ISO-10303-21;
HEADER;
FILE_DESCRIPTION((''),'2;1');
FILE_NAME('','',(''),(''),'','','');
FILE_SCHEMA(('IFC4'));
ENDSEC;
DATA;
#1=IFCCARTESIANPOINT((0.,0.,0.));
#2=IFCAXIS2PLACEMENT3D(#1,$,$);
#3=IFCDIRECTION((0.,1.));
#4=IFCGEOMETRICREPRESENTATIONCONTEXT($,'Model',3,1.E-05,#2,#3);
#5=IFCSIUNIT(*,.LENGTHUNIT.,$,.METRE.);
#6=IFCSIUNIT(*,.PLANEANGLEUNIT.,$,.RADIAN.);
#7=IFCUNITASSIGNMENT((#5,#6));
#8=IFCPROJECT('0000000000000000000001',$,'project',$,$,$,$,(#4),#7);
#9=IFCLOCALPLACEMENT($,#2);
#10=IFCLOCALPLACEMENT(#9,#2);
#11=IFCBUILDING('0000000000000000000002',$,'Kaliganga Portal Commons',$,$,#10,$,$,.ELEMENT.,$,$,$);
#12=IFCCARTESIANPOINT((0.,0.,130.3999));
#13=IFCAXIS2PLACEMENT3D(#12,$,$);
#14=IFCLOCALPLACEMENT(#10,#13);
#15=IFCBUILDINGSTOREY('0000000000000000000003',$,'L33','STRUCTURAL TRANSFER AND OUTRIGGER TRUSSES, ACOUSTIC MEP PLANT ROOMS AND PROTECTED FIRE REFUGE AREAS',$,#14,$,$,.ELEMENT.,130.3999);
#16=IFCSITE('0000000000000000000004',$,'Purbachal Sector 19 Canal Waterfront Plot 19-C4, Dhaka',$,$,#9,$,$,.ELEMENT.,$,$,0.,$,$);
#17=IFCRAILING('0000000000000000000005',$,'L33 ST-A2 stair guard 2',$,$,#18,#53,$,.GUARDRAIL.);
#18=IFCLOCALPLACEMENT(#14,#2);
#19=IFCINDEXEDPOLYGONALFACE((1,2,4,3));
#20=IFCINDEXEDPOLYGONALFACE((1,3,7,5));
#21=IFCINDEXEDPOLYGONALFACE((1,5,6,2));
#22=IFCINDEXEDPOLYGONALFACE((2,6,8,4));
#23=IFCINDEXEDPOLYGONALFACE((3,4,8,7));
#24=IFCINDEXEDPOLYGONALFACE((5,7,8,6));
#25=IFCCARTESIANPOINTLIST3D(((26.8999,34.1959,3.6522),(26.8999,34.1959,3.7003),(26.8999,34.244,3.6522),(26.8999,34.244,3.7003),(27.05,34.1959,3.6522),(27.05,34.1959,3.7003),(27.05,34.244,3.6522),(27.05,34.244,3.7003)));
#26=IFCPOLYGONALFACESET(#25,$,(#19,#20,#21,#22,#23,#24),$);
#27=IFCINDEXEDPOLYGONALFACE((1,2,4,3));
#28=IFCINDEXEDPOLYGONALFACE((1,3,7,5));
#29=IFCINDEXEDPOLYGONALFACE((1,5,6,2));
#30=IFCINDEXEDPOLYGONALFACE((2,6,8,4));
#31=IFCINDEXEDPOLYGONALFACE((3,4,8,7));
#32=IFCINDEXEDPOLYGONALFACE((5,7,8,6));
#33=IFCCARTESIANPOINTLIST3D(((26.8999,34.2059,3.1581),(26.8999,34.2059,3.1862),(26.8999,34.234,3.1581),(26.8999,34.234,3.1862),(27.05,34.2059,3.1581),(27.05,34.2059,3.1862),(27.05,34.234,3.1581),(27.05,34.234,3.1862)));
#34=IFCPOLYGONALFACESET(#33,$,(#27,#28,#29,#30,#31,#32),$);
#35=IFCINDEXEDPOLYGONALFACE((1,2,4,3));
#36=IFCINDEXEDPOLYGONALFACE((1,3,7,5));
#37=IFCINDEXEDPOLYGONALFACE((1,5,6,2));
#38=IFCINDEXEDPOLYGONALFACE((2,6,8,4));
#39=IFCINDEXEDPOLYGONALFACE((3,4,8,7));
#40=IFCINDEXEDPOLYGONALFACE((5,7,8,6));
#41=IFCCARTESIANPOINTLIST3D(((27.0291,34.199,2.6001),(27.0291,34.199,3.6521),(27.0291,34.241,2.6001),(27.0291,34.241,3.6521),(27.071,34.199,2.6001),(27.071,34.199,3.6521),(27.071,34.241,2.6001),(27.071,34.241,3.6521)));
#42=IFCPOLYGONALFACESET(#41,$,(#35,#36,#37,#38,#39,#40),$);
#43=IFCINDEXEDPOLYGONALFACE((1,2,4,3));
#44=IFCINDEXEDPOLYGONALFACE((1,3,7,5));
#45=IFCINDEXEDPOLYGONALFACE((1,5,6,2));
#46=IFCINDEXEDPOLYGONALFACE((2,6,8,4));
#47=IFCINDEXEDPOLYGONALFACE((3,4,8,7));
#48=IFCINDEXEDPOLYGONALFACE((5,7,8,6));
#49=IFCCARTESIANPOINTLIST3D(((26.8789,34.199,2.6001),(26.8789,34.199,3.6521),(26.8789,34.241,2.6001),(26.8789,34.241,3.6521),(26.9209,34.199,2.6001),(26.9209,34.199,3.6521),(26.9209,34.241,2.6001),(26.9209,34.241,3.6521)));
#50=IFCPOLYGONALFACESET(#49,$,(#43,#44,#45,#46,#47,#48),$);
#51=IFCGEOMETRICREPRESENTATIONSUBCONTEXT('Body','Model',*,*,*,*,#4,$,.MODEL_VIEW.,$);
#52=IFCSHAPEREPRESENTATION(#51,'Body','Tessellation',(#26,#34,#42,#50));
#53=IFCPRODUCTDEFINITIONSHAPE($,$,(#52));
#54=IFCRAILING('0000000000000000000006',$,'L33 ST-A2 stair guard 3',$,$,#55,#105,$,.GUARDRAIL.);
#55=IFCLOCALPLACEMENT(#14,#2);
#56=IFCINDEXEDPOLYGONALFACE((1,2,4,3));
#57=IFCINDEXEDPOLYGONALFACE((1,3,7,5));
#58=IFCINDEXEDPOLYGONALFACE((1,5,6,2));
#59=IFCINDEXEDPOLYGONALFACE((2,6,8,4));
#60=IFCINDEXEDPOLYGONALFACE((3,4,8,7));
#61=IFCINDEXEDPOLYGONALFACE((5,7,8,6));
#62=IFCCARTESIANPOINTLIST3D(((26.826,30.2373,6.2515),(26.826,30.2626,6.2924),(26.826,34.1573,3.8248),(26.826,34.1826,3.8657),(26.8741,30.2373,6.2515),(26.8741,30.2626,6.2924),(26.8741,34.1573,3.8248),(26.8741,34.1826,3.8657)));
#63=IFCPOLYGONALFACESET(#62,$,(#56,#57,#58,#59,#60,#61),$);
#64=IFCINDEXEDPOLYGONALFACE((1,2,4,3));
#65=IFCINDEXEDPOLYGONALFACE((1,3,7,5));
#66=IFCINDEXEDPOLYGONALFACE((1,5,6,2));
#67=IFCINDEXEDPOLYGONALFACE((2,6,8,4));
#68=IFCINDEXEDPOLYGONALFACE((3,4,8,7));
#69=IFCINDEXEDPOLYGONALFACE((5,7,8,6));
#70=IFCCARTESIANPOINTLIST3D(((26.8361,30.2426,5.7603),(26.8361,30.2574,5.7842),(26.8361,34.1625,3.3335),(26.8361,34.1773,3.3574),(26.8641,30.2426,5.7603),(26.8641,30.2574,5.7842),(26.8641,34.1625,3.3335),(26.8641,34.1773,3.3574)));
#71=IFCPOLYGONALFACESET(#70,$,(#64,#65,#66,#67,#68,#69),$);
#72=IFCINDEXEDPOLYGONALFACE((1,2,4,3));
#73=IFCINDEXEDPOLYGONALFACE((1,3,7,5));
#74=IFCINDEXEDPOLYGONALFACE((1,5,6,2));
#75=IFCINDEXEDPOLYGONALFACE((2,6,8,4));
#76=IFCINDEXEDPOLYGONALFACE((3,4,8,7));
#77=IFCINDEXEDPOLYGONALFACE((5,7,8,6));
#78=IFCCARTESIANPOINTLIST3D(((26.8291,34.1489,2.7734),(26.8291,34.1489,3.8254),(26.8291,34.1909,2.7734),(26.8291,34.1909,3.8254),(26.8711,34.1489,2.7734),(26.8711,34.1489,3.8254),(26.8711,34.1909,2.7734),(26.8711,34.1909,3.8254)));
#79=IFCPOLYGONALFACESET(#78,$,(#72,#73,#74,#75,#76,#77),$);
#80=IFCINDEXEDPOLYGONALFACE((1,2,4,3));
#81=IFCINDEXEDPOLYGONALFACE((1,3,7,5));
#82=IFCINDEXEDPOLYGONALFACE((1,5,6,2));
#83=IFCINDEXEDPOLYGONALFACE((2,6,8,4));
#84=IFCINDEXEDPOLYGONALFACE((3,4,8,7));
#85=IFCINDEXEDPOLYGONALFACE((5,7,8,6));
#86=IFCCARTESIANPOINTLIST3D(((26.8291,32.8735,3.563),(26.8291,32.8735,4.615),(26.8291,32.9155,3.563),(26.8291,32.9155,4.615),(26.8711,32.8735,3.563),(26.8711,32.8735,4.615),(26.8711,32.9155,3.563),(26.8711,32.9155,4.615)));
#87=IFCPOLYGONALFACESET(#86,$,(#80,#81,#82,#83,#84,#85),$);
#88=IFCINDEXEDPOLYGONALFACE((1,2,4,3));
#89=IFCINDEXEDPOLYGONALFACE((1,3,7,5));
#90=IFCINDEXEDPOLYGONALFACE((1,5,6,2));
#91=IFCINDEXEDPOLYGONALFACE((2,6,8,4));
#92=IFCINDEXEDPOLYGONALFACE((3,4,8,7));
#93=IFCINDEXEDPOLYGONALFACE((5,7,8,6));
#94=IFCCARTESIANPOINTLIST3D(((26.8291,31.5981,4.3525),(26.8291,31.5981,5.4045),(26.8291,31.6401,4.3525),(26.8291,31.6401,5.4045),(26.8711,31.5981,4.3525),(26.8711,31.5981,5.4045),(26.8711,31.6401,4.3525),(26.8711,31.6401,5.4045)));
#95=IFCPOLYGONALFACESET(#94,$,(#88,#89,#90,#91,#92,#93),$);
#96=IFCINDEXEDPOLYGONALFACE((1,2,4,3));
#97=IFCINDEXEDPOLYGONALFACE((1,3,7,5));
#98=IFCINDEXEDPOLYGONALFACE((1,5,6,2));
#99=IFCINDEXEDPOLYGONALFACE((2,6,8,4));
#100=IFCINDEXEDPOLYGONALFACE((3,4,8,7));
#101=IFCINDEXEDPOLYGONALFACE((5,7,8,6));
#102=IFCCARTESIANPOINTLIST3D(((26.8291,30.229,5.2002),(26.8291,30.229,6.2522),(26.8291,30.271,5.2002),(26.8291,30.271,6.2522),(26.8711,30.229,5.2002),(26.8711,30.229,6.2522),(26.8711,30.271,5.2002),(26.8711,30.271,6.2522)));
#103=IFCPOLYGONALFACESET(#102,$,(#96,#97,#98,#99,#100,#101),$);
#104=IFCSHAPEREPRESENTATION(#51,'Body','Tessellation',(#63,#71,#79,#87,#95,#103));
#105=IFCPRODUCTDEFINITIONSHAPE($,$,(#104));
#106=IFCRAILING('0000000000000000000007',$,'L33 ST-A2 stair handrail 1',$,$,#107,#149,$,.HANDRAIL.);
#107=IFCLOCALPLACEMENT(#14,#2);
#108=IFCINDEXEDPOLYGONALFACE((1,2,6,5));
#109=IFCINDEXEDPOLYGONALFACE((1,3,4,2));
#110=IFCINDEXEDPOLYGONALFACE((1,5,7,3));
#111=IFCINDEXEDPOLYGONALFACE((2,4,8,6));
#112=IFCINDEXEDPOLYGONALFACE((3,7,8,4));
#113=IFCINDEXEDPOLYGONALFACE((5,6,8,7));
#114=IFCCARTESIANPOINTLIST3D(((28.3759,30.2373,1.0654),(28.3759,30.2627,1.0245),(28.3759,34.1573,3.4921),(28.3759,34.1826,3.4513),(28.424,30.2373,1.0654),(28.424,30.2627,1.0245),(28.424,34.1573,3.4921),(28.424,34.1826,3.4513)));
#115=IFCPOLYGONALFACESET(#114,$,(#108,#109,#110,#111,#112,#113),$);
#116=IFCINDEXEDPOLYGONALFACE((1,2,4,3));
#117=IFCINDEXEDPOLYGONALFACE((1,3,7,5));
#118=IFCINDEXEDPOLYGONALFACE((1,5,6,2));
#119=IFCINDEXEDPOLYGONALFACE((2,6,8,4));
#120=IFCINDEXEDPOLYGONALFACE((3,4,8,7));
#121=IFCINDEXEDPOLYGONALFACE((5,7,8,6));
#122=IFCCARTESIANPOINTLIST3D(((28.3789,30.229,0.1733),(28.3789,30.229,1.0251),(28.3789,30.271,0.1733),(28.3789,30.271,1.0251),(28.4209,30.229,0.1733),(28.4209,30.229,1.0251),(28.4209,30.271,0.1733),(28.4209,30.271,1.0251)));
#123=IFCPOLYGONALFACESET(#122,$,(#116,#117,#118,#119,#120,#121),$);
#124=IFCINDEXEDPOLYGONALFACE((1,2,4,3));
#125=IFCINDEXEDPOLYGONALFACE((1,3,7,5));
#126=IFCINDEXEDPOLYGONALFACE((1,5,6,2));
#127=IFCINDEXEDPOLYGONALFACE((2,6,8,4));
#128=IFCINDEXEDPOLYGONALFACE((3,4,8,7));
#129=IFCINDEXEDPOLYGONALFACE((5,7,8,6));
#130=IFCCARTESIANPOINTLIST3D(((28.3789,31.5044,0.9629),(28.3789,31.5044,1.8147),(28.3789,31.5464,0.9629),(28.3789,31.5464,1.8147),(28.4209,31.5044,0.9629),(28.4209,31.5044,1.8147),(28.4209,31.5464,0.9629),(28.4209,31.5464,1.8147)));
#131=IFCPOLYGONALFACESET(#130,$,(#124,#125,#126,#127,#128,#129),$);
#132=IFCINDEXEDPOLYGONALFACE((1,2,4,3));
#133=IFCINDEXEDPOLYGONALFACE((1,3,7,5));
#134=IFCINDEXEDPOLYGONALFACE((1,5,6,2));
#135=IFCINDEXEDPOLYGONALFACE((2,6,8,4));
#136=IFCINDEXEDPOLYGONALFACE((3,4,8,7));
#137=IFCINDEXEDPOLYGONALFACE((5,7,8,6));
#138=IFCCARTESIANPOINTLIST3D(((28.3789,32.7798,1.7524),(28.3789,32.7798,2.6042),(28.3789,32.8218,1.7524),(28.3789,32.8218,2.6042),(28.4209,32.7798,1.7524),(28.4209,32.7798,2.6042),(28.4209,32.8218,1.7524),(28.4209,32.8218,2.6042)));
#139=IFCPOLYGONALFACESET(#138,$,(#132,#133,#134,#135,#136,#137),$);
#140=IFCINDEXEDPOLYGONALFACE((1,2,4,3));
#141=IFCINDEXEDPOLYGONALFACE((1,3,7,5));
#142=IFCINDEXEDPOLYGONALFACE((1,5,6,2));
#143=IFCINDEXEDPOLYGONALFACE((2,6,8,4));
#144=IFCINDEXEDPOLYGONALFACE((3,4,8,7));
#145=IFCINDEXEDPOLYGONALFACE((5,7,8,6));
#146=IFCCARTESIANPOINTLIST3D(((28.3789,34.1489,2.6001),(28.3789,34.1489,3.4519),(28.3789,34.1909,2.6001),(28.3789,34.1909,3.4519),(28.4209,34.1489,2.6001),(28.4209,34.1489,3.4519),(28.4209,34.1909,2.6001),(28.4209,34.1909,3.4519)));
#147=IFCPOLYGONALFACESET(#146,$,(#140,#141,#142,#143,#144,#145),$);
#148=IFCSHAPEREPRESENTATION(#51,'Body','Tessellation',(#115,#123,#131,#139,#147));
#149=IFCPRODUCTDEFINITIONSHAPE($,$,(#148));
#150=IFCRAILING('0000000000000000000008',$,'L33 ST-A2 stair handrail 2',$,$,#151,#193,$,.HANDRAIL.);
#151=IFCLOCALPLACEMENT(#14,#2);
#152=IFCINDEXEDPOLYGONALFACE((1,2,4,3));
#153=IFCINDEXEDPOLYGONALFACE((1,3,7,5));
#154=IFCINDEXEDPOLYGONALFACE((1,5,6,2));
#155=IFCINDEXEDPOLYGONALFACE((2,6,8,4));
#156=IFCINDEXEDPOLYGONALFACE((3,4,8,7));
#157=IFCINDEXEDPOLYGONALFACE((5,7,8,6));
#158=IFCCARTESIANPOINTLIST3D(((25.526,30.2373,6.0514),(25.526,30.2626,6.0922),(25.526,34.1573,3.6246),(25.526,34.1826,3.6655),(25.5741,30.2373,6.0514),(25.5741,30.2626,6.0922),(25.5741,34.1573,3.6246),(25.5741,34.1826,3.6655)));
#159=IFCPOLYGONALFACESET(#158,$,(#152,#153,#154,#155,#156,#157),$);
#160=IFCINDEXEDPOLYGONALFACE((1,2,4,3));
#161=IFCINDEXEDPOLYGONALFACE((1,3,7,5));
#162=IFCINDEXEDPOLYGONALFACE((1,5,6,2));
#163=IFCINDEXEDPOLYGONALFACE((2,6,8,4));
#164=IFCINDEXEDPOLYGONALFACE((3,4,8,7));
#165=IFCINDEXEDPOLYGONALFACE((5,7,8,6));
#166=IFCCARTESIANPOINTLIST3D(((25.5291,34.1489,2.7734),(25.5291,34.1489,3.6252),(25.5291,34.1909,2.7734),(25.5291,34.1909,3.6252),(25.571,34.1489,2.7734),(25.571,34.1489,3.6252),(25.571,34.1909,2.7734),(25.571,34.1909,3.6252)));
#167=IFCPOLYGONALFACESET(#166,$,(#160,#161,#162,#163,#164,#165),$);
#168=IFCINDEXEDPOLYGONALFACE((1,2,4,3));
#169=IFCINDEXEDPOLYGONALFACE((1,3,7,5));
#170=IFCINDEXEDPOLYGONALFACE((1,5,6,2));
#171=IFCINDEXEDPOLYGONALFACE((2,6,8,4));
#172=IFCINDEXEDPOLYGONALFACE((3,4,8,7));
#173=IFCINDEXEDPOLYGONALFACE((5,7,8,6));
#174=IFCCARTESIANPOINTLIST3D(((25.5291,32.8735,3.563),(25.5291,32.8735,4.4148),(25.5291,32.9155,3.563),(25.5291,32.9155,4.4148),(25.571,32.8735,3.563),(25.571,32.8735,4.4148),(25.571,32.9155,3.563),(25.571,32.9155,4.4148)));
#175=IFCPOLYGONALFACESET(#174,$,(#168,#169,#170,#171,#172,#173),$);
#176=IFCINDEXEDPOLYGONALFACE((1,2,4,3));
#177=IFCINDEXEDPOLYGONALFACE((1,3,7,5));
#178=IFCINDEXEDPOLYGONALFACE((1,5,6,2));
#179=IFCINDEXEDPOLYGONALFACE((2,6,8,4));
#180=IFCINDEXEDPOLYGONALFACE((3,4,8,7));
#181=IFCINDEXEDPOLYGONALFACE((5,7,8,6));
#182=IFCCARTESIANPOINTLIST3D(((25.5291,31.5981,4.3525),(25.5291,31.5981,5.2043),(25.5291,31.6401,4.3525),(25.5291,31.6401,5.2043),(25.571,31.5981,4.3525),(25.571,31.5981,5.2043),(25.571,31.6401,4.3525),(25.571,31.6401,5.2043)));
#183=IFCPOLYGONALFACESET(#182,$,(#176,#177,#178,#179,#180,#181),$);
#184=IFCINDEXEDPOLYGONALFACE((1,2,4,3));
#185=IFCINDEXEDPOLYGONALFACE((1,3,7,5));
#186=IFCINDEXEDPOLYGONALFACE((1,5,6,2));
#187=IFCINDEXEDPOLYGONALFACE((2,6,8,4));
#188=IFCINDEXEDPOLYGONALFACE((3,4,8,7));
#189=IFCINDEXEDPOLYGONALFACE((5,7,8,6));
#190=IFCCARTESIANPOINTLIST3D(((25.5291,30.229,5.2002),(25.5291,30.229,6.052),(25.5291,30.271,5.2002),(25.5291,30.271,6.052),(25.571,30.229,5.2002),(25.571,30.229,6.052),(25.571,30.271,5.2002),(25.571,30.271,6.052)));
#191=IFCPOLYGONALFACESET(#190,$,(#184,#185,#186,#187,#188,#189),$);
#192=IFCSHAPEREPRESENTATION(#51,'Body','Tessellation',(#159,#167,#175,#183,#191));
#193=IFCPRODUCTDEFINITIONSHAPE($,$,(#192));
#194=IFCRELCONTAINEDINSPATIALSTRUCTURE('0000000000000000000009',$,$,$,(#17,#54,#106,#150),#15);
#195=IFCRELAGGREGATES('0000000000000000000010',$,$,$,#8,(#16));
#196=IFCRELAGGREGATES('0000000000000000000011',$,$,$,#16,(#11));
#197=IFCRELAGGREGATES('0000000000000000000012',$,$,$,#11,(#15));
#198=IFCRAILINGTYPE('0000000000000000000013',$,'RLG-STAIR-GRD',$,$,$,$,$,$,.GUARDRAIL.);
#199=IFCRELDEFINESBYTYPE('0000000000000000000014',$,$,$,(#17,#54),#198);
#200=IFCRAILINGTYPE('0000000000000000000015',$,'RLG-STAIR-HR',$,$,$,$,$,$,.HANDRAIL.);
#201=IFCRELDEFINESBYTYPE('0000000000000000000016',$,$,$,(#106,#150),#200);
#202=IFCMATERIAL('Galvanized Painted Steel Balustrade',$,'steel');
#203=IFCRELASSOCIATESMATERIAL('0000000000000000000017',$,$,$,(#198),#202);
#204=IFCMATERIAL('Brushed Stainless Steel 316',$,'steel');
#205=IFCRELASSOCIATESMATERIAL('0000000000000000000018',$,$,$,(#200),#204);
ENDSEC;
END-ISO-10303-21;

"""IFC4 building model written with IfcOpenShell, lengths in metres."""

from ifc_helpers import new_model, si_unit, direction, frame, origin, origin_2d, place, context, subcontext, project, spatial, rectangle, extrude, material, type_object, element, save


model = new_model("IFC4")

# Units and contexts
model_context = context("Model", 3, precision=1e-05, world=origin(), true_north=direction((0.0, 1.0)))
body_context = subcontext(model_context, "Body", "Model", "MODEL_VIEW")
ifc_project = project(units=[si_unit("LENGTHUNIT", "METRE"), si_unit("PLANEANGLEUNIT", "RADIAN")], contexts=[model_context])

# Site, building, storey
site_placement = place(None, origin())
site = spatial("IfcSite", under=ifc_project, at=site_placement, Name="Purbachal Sector 19 Canal Waterfront Plot 19-C4, Dhaka", CompositionType="ELEMENT", RefElevation=0.0)
building_placement = place(site_placement, origin())
building = spatial("IfcBuilding", under=site, at=building_placement, Name="Kaliganga Portal Commons", CompositionType="ELEMENT")
storey_placement = place(building_placement, frame((0.0, 0.0, 130.3999)))
storey = spatial("IfcBuildingStorey", under=building, at=storey_placement, Name="L33", Description="STRUCTURAL TRANSFER AND OUTRIGGER TRUSSES, ACOUSTIC MEP PLANT ROOMS AND PROTECTED FIRE REFUGE AREAS", CompositionType="ELEMENT", Elevation=130.3999)

# Railings
ifc_material_1 = material(Name="Galvanized Painted Steel Balustrade", Category="steel")
railing_type_1 = type_object("IfcRailingType", Name="RLG-STAIR-GRD", PredefinedType="GUARDRAIL", material=ifc_material_1)
railing_1_placement = place(storey_placement, frame((27.05, 34.22, 2.6001)))
element("IfcRailing", 1, at=railing_1_placement, inside=storey, type_object=railing_type_1, Name="L33 ST-A2 stair guard 2", PredefinedType="GUARDRAIL", context=body_context, shape_type="SweptSolid", body=[
    extrude(rectangle(XDim=0.0481, YDim=0.0481, at=origin_2d()), frame((0.0, 0.0, 1.0762), z_axis=(-1.0, 0.0, 0.0), x_axis=(0.0, -1.0, 0.0)), (0.0, 0.0, 1.0), 0.1501),
    extrude(rectangle(XDim=0.0281, YDim=0.0281, at=origin_2d()), frame((0.0, 0.0, 0.572), z_axis=(-1.0, 0.0, 0.0), x_axis=(0.0, -1.0, 0.0)), (0.0, 0.0, 1.0), 0.1501),
    extrude(rectangle(XDim=0.042, YDim=0.042, at=origin_2d()), origin(), (0.0, 0.0, 1.0), 1.052),
    extrude(rectangle(XDim=0.042, YDim=0.042, at=origin_2d()), frame((-0.1501, 0.0, 0.0)), (0.0, 0.0, 1.0), 1.052),
])
railing_2_placement = place(storey_placement, frame((26.8501, 34.1699, 2.7734)))
element("IfcRailing", 2, at=railing_2_placement, inside=storey, type_object=railing_type_1, Name="L33 ST-A2 stair guard 3", PredefinedType="GUARDRAIL", context=body_context, shape_type="SweptSolid", body=[
    extrude(rectangle(XDim=0.0481, YDim=0.0481, at=origin_2d()), frame((0.0, 0.0, 1.0718), z_axis=(0.0, -0.850252, 0.526376), x_axis=(1.0, 0.0, 0.0)), (0.0, 0.0, 1.0), 4.6104),
    extrude(rectangle(XDim=0.0281, YDim=0.0281, at=origin_2d()), frame((0.0, 0.0, 0.572), z_axis=(0.0, -0.850252, 0.526376), x_axis=(1.0, 0.0, 0.0)), (0.0, 0.0, 1.0), 4.6104),
    extrude(rectangle(XDim=0.042, YDim=0.042, at=origin_2d()), origin(), (0.0, 0.0, 1.0), 1.052),
    extrude(rectangle(XDim=0.042, YDim=0.042, at=origin_2d()), frame((0.0, -1.2754, 0.7896)), (0.0, 0.0, 1.0), 1.052),
    extrude(rectangle(XDim=0.042, YDim=0.042, at=origin_2d()), frame((0.0, -2.5508, 1.5791)), (0.0, 0.0, 1.0), 1.052),
    extrude(rectangle(XDim=0.042, YDim=0.042, at=origin_2d()), frame((0.0, -3.9199, 2.4268)), (0.0, 0.0, 1.0), 1.052),
])
ifc_material_2 = material(Name="Brushed Stainless Steel 316", Category="steel")
railing_type_2 = type_object("IfcRailingType", Name="RLG-STAIR-HR", PredefinedType="HANDRAIL", material=ifc_material_2)
railing_3_placement = place(storey_placement, frame((28.3999, 30.25, 0.1733)))
element("IfcRailing", 3, at=railing_3_placement, inside=storey, type_object=railing_type_2, Name="L33 ST-A2 stair handrail 1", PredefinedType="HANDRAIL", context=body_context, shape_type="SweptSolid", body=[
    extrude(rectangle(XDim=0.0481, YDim=0.0481, at=origin_2d()), frame((0.0, 0.0, 0.8716), z_axis=(0.0, 0.850252, 0.526376), x_axis=(-1.0, 0.0, 0.0)), (0.0, 0.0, 1.0), 4.6104),
    extrude(rectangle(XDim=0.042, YDim=0.042, at=origin_2d()), origin(), (0.0, 0.0, 1.0), 0.8518),
    extrude(rectangle(XDim=0.042, YDim=0.042, at=origin_2d()), frame((0.0, 1.2754, 0.7896)), (0.0, 0.0, 1.0), 0.8518),
    extrude(rectangle(XDim=0.042, YDim=0.042, at=origin_2d()), frame((0.0, 2.5508, 1.5791)), (0.0, 0.0, 1.0), 0.8518),
    extrude(rectangle(XDim=0.042, YDim=0.042, at=origin_2d()), frame((0.0, 3.9199, 2.4268)), (0.0, 0.0, 1.0), 0.8518),
])
railing_4_placement = place(storey_placement, frame((25.55, 34.1699, 2.7734)))
element("IfcRailing", 4, at=railing_4_placement, inside=storey, type_object=railing_type_2, Name="L33 ST-A2 stair handrail 2", PredefinedType="HANDRAIL", context=body_context, shape_type="SweptSolid", body=[
    extrude(rectangle(XDim=0.0481, YDim=0.0481, at=origin_2d()), frame((0.0, 0.0, 0.8716), z_axis=(0.0, -0.850252, 0.526376), x_axis=(1.0, 0.0, 0.0)), (0.0, 0.0, 1.0), 4.6104),
    extrude(rectangle(XDim=0.042, YDim=0.042, at=origin_2d()), origin(), (0.0, 0.0, 1.0), 0.8518),
    extrude(rectangle(XDim=0.042, YDim=0.042, at=origin_2d()), frame((0.0, -1.2754, 0.7896)), (0.0, 0.0, 1.0), 0.8518),
    extrude(rectangle(XDim=0.042, YDim=0.042, at=origin_2d()), frame((0.0, -2.5508, 1.5791)), (0.0, 0.0, 1.0), 0.8518),
    extrude(rectangle(XDim=0.042, YDim=0.042, at=origin_2d()), frame((0.0, -3.9199, 2.4268)), (0.0, 0.0, 1.0), 0.8518),
])

save(model, "model.ifc")
